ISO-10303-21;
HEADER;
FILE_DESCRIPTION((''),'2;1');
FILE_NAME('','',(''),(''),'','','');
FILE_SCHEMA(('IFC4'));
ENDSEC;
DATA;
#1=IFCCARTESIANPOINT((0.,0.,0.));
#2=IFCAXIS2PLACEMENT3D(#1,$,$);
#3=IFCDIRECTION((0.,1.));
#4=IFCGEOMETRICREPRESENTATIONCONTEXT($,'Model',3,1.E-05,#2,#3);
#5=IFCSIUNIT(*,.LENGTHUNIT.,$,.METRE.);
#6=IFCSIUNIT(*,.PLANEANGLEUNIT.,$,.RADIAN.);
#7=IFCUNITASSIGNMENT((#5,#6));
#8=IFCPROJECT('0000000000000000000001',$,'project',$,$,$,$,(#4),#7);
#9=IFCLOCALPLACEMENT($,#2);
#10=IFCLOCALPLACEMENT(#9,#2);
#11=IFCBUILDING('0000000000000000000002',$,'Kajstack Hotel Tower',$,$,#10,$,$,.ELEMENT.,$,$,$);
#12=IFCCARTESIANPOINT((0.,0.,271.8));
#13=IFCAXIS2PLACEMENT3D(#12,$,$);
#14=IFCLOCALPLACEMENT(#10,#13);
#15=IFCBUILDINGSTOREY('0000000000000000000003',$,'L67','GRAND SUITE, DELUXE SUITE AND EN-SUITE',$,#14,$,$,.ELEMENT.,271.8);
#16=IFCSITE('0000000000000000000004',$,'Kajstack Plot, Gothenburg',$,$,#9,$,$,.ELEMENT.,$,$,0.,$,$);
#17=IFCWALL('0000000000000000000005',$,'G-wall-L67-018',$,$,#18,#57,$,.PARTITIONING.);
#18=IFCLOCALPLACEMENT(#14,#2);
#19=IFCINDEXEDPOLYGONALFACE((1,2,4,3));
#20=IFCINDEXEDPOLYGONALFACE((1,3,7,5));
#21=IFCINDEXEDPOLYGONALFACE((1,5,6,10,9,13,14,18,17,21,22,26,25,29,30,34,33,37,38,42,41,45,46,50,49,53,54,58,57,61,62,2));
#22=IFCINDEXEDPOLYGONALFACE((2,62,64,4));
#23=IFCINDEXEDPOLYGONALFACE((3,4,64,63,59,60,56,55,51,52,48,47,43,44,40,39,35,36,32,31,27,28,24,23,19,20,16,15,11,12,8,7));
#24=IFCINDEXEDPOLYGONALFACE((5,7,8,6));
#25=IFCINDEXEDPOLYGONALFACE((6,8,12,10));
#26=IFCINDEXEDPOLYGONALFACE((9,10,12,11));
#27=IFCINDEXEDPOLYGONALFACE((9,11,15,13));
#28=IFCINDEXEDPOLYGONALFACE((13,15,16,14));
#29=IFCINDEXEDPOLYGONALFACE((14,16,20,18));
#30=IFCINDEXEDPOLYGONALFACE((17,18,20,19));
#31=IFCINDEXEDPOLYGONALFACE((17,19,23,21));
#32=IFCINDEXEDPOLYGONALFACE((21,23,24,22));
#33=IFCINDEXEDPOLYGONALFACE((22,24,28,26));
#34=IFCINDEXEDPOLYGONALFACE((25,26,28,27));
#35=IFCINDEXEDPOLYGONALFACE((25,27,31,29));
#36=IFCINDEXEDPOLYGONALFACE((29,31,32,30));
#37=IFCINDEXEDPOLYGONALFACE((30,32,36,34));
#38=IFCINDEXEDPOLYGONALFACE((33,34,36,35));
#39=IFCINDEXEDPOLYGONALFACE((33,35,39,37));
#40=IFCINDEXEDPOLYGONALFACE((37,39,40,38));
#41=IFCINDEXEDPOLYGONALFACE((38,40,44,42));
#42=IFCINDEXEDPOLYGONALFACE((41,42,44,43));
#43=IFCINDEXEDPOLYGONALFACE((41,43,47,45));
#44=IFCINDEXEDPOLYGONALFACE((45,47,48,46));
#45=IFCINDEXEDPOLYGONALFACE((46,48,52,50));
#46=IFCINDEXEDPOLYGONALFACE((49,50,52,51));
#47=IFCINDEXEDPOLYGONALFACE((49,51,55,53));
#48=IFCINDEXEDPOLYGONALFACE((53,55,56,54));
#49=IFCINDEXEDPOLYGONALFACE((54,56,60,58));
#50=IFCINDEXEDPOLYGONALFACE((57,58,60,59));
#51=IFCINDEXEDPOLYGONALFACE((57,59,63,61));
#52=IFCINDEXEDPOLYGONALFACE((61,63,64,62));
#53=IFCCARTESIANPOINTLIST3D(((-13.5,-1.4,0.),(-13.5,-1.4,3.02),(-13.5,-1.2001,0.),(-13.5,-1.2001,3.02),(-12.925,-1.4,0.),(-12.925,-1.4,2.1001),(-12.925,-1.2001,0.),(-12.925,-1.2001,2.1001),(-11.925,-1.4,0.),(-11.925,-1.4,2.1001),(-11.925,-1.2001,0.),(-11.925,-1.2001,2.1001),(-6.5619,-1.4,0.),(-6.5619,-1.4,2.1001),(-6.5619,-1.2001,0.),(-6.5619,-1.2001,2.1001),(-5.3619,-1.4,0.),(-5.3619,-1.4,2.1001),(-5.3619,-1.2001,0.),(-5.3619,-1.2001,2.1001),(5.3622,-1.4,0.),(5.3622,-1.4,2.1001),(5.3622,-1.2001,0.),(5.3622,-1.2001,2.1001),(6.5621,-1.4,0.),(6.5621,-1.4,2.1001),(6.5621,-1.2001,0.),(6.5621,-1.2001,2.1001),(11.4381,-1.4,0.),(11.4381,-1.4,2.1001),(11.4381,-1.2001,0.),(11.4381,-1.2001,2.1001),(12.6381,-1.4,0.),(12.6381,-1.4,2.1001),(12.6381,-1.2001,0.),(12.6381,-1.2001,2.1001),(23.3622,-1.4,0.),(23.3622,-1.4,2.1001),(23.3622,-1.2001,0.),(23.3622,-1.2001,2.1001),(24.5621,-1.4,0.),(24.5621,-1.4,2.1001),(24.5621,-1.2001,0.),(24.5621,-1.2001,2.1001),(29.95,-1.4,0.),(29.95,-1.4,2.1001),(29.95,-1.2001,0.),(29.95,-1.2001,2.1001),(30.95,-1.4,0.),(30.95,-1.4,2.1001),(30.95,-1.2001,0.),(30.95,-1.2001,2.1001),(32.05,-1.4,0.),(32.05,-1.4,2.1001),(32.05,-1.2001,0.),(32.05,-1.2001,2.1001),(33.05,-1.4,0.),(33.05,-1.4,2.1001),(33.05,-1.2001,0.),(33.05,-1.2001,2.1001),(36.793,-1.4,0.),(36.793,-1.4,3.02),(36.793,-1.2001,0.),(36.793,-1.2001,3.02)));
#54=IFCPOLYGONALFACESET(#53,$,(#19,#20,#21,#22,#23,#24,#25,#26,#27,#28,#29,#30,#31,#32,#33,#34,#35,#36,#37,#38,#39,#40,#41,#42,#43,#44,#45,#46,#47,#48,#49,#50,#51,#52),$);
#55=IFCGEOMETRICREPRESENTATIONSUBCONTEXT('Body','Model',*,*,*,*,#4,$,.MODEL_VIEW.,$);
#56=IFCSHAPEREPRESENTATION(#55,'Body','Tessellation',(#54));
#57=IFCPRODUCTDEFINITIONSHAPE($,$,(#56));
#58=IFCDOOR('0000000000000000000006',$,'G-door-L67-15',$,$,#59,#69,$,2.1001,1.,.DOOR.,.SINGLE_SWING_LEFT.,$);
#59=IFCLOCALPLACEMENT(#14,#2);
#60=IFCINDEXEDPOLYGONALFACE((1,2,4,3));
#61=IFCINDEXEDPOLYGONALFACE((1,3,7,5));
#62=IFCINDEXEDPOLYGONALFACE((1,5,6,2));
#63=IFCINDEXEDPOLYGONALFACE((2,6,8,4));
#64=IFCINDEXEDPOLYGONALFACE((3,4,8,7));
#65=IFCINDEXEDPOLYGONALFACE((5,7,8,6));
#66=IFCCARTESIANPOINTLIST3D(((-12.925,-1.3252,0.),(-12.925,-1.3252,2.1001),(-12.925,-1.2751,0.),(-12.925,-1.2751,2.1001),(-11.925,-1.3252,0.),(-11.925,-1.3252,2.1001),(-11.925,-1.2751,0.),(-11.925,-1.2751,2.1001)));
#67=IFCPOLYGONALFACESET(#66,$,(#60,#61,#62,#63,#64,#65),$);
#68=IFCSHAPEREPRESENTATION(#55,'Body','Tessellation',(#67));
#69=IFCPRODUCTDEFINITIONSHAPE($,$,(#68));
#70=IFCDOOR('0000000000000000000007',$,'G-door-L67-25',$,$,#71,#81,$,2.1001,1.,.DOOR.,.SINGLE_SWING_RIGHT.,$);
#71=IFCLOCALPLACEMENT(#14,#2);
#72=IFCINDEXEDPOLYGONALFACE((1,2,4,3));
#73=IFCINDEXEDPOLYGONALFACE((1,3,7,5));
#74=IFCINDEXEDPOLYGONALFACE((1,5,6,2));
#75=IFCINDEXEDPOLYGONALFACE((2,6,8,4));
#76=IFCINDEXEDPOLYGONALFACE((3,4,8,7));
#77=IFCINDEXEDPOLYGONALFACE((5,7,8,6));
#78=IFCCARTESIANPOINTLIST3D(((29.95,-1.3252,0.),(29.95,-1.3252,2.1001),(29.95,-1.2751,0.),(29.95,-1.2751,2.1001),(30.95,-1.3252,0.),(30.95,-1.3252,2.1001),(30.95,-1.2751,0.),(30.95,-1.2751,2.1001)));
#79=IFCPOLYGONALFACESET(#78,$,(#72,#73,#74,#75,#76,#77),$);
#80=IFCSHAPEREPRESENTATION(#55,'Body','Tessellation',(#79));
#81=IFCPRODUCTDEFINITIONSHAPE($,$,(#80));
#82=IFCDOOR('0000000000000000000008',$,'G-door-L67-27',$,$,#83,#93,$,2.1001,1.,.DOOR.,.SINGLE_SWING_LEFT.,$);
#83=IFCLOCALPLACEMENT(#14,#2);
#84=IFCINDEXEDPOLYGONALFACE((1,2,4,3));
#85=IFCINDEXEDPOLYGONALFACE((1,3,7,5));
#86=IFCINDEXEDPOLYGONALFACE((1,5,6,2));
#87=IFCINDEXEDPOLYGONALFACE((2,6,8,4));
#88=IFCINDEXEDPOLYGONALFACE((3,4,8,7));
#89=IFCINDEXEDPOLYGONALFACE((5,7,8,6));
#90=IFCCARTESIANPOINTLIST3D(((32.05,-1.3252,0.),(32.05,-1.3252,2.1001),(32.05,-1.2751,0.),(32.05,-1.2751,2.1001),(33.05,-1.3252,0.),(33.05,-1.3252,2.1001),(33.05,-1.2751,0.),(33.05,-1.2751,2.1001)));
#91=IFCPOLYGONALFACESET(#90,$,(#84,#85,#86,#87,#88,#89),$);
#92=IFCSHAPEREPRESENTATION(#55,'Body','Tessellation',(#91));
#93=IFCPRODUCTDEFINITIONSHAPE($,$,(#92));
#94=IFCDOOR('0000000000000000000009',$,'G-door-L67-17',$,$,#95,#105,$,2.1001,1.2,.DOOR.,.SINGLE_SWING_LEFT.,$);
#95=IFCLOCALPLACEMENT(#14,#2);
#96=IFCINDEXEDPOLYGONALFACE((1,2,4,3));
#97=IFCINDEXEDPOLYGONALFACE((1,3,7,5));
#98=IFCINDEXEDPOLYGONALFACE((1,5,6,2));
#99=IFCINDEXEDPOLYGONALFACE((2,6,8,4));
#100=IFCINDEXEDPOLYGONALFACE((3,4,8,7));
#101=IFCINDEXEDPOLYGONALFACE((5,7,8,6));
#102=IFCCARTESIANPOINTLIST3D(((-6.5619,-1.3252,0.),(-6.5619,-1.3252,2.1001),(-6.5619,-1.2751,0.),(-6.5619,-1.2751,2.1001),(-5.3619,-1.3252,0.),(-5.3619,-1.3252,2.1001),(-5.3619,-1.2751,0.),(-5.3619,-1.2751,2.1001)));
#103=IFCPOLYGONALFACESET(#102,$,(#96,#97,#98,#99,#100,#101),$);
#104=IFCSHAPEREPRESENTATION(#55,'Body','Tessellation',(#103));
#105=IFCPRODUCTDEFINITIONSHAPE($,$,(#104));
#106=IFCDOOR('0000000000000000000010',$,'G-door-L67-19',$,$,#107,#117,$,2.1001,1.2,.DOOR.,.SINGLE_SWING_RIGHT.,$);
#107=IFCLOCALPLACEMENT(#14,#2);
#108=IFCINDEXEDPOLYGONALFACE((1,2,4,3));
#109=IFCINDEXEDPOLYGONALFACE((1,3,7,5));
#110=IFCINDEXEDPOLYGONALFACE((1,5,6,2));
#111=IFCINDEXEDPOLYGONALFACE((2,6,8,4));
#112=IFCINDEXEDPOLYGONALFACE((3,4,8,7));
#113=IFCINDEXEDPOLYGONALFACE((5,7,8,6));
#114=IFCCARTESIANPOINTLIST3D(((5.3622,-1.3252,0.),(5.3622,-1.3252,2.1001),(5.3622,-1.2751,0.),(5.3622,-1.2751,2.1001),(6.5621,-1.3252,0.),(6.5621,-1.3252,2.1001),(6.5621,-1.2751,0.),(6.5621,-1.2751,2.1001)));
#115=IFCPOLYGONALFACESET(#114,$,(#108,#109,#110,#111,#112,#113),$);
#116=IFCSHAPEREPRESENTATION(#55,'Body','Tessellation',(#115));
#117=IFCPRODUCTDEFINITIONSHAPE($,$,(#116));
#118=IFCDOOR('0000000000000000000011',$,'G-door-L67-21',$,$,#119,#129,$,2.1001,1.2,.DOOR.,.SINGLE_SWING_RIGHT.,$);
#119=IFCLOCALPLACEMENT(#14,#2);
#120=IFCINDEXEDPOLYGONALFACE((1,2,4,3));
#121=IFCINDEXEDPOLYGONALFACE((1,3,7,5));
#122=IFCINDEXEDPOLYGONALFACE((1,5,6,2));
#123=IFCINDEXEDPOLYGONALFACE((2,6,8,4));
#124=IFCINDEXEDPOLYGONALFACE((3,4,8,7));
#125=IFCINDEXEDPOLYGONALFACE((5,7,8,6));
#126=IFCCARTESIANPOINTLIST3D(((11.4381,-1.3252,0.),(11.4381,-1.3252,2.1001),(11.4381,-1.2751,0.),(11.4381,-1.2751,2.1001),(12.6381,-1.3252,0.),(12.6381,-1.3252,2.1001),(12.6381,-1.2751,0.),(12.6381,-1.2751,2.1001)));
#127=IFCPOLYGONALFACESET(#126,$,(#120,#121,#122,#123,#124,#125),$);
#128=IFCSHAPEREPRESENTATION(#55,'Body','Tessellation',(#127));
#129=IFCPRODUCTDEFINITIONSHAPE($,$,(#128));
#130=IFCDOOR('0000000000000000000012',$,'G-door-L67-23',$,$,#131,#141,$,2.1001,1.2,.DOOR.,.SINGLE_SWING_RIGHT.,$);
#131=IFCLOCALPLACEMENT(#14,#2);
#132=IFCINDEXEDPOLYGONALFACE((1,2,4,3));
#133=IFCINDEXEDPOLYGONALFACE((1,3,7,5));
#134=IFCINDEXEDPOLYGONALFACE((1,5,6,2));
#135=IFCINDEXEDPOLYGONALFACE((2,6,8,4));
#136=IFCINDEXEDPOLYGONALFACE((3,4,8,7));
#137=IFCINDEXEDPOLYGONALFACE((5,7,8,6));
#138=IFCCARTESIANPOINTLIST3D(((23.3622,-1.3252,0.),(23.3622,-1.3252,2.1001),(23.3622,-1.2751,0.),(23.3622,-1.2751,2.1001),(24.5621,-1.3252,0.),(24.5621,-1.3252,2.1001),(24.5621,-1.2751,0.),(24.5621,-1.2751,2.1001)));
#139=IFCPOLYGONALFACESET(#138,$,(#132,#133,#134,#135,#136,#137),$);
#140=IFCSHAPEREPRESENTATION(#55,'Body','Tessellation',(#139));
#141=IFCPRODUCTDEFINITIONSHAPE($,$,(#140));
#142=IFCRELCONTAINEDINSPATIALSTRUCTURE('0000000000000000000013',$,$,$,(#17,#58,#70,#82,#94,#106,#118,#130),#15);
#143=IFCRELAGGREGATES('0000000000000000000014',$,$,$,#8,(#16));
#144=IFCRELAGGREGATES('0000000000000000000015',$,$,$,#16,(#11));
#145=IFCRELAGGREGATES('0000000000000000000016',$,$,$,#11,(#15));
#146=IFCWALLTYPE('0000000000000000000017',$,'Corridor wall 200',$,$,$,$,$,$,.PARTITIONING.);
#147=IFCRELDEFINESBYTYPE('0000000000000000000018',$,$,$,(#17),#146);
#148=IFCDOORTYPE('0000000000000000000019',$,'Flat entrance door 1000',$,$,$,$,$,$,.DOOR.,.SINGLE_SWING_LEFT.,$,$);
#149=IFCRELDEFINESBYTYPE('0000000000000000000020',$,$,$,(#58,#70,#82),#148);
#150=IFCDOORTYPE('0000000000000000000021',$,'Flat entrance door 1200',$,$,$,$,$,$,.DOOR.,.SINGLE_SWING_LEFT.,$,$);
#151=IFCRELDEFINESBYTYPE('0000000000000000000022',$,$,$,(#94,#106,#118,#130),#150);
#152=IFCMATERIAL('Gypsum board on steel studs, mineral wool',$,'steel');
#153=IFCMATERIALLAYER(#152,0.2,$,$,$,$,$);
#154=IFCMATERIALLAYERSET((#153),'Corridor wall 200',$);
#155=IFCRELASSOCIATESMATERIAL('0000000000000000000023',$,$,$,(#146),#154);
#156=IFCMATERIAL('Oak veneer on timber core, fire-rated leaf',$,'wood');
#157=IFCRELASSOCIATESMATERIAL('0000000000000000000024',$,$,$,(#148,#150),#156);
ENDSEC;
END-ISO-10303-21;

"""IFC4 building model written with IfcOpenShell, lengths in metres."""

from ifc_helpers import new_model, si_unit, direction, frame, frame_2d, origin, place, context, subcontext, project, spatial, rectangle, extrude, material, layer, layer_set, type_object, element, fill, save


model = new_model("IFC4")

# Units and contexts
model_context = context("Model", 3, precision=1e-05, world=origin(), true_north=direction((0.0, 1.0)))
body_context = subcontext(model_context, "Body", "Model", "MODEL_VIEW")
ifc_project = project(units=[si_unit("LENGTHUNIT", "METRE"), si_unit("PLANEANGLEUNIT", "RADIAN")], contexts=[model_context])

# Site, building, storey
site_placement = place(None, origin())
site = spatial("IfcSite", under=ifc_project, at=site_placement, Name="Kajstack Plot, Gothenburg", CompositionType="ELEMENT", RefElevation=0.0)
building_placement = place(site_placement, origin())
building = spatial("IfcBuilding", under=site, at=building_placement, Name="Kajstack Hotel Tower", CompositionType="ELEMENT")
storey_placement = place(building_placement, frame((0.0, 0.0, 271.8)))
storey = spatial("IfcBuildingStorey", under=building, at=storey_placement, Name="L67", Description="GRAND SUITE, DELUXE SUITE AND EN-SUITE", CompositionType="ELEMENT", Elevation=271.8)

# Wall, openings, doors
ifc_material_1 = material(Name="Gypsum board on steel studs, mineral wool", Category="steel")
ifc_layer_1 = layer(ifc_material_1, 0.2)
ifc_layer_set_1 = layer_set([ifc_layer_1], Name="Corridor wall 200")
wall_type_1 = type_object("IfcWallType", Name="Corridor wall 200", PredefinedType="PARTITIONING", material=ifc_layer_set_1)
wall_1_placement = place(storey_placement, frame((-13.5, -1.3, 0.0), z_axis=(0.0, 0.0, 1.0), x_axis=(1.0, 0.0, 0.0)))
wall_1 = element("IfcWall", 1, at=wall_1_placement, inside=storey, type_object=wall_type_1, Name="G-wall-L67-018", PredefinedType="PARTITIONING", context=body_context, shape_type="SweptSolid", body=[
    extrude(rectangle(XDim=50.293, YDim=0.2, at=frame_2d((25.1465, 0.0))), origin(), (0.0, 0.0, 1.0), 3.02),
])
opening_1_placement = place(wall_1_placement, frame((0.575, 0.0, 0.0)))
opening_1 = element("IfcOpeningElement", 2, at=opening_1_placement, cuts=wall_1, PredefinedType="OPENING", context=body_context, shape_type="SweptSolid", body=[
    extrude(rectangle(XDim=1.0, YDim=2.1001, at=frame_2d((0.5, 1.05))), frame((0.0, 0.1099, 0.0), z_axis=(0.0, -1.0, 0.0), x_axis=(1.0, 0.0, 0.0)), (0.0, 0.0, 1.0), 0.22),
])
opening_2_placement = place(wall_1_placement, frame((6.938, 0.0, 0.0)))
opening_2 = element("IfcOpeningElement", 3, at=opening_2_placement, cuts=wall_1, PredefinedType="OPENING", context=body_context, shape_type="SweptSolid", body=[
    extrude(rectangle(XDim=1.2, YDim=2.1001, at=frame_2d((0.6001, 1.05))), frame((0.0, 0.1099, 0.0), z_axis=(0.0, -1.0, 0.0), x_axis=(1.0, 0.0, 0.0)), (0.0, 0.0, 1.0), 0.22),
])
opening_3_placement = place(wall_1_placement, frame((18.8621, 0.0, 0.0)))
opening_3 = element("IfcOpeningElement", 4, at=opening_3_placement, cuts=wall_1, PredefinedType="OPENING", context=body_context, shape_type="SweptSolid", body=[
    extrude(rectangle(XDim=1.2, YDim=2.1001, at=frame_2d((0.6001, 1.05))), frame((0.0, 0.1099, 0.0), z_axis=(0.0, -1.0, 0.0), x_axis=(1.0, 0.0, 0.0)), (0.0, 0.0, 1.0), 0.22),
])
opening_4_placement = place(wall_1_placement, frame((24.938, 0.0, 0.0)))
opening_4 = element("IfcOpeningElement", 5, at=opening_4_placement, cuts=wall_1, PredefinedType="OPENING", context=body_context, shape_type="SweptSolid", body=[
    extrude(rectangle(XDim=1.2, YDim=2.1001, at=frame_2d((0.6001, 1.05))), frame((0.0, 0.1099, 0.0), z_axis=(0.0, -1.0, 0.0), x_axis=(1.0, 0.0, 0.0)), (0.0, 0.0, 1.0), 0.22),
])
opening_5_placement = place(wall_1_placement, frame((36.8621, 0.0, 0.0)))
opening_5 = element("IfcOpeningElement", 6, at=opening_5_placement, cuts=wall_1, PredefinedType="OPENING", context=body_context, shape_type="SweptSolid", body=[
    extrude(rectangle(XDim=1.2, YDim=2.1001, at=frame_2d((0.6001, 1.05))), frame((0.0, 0.1099, 0.0), z_axis=(0.0, -1.0, 0.0), x_axis=(1.0, 0.0, 0.0)), (0.0, 0.0, 1.0), 0.22),
])
opening_6_placement = place(wall_1_placement, frame((43.45, 0.0, 0.0)))
opening_6 = element("IfcOpeningElement", 7, at=opening_6_placement, cuts=wall_1, PredefinedType="OPENING", context=body_context, shape_type="SweptSolid", body=[
    extrude(rectangle(XDim=1.0, YDim=2.1001, at=frame_2d((0.5, 1.05))), frame((0.0, 0.1099, 0.0), z_axis=(0.0, -1.0, 0.0), x_axis=(1.0, 0.0, 0.0)), (0.0, 0.0, 1.0), 0.22),
])
opening_7_placement = place(wall_1_placement, frame((45.55, 0.0, 0.0)))
opening_7 = element("IfcOpeningElement", 8, at=opening_7_placement, cuts=wall_1, PredefinedType="OPENING", context=body_context, shape_type="SweptSolid", body=[
    extrude(rectangle(XDim=1.0, YDim=2.1001, at=frame_2d((0.5, 1.05))), frame((0.0, 0.1099, 0.0), z_axis=(0.0, -1.0, 0.0), x_axis=(1.0, 0.0, 0.0)), (0.0, 0.0, 1.0), 0.22),
])
ifc_material_2 = material(Name="Oak veneer on timber core, fire-rated leaf", Category="wood")
door_type_1 = type_object("IfcDoorType", Name="Flat entrance door 1000", OperationType="SINGLE_SWING_LEFT", PredefinedType="DOOR", material=ifc_material_2)
door_1_placement = place(opening_1_placement, origin())
door_1 = element("IfcDoor", 9, at=door_1_placement, inside=storey, type_object=door_type_1, Name="G-door-L67-15", OperationType="SINGLE_SWING_LEFT", OverallHeight=2.1001, OverallWidth=1.0, PredefinedType="DOOR", context=body_context, shape_type="SweptSolid", body=[
    extrude(rectangle(XDim=1.0, YDim=2.1001, at=frame_2d((0.5, 1.05))), frame((0.0, 0.0249, 0.0), z_axis=(0.0, -1.0, 0.0), x_axis=(1.0, 0.0, 0.0)), (0.0, 0.0, 1.0), 0.05),
])
fill(opening_1, door_1)
door_2_placement = place(opening_6_placement, origin())
door_2 = element("IfcDoor", 10, at=door_2_placement, inside=storey, type_object=door_type_1, Name="G-door-L67-25", OperationType="SINGLE_SWING_RIGHT", OverallHeight=2.1001, OverallWidth=1.0, PredefinedType="DOOR", context=body_context, shape_type="SweptSolid", body=[
    extrude(rectangle(XDim=1.0, YDim=2.1001, at=frame_2d((0.5, 1.05))), frame((0.0, 0.0249, 0.0), z_axis=(0.0, -1.0, 0.0), x_axis=(1.0, 0.0, 0.0)), (0.0, 0.0, 1.0), 0.05),
])
fill(opening_6, door_2)
door_3_placement = place(opening_7_placement, origin())
door_3 = element("IfcDoor", 11, at=door_3_placement, inside=storey, type_object=door_type_1, Name="G-door-L67-27", OperationType="SINGLE_SWING_LEFT", OverallHeight=2.1001, OverallWidth=1.0, PredefinedType="DOOR", context=body_context, shape_type="SweptSolid", body=[
    extrude(rectangle(XDim=1.0, YDim=2.1001, at=frame_2d((0.5, 1.05))), frame((0.0, 0.0249, 0.0), z_axis=(0.0, -1.0, 0.0), x_axis=(1.0, 0.0, 0.0)), (0.0, 0.0, 1.0), 0.05),
])
fill(opening_7, door_3)
door_type_2 = type_object("IfcDoorType", Name="Flat entrance door 1200", OperationType="SINGLE_SWING_LEFT", PredefinedType="DOOR", material=ifc_material_2)
door_4_placement = place(opening_2_placement, origin())
door_4 = element("IfcDoor", 12, at=door_4_placement, inside=storey, type_object=door_type_2, Name="G-door-L67-17", OperationType="SINGLE_SWING_LEFT", OverallHeight=2.1001, OverallWidth=1.2, PredefinedType="DOOR", context=body_context, shape_type="SweptSolid", body=[
    extrude(rectangle(XDim=1.2, YDim=2.1001, at=frame_2d((0.6001, 1.05))), frame((0.0, 0.0249, 0.0), z_axis=(0.0, -1.0, 0.0), x_axis=(1.0, 0.0, 0.0)), (0.0, 0.0, 1.0), 0.05),
])
fill(opening_2, door_4)
door_5_placement = place(opening_3_placement, origin())
door_5 = element("IfcDoor", 13, at=door_5_placement, inside=storey, type_object=door_type_2, Name="G-door-L67-19", OperationType="SINGLE_SWING_RIGHT", OverallHeight=2.1001, OverallWidth=1.2, PredefinedType="DOOR", context=body_context, shape_type="SweptSolid", body=[
    extrude(rectangle(XDim=1.2, YDim=2.1001, at=frame_2d((0.6001, 1.05))), frame((0.0, 0.0249, 0.0), z_axis=(0.0, -1.0, 0.0), x_axis=(1.0, 0.0, 0.0)), (0.0, 0.0, 1.0), 0.05),
])
fill(opening_3, door_5)
door_6_placement = place(opening_4_placement, origin())
door_6 = element("IfcDoor", 14, at=door_6_placement, inside=storey, type_object=door_type_2, Name="G-door-L67-21", OperationType="SINGLE_SWING_RIGHT", OverallHeight=2.1001, OverallWidth=1.2, PredefinedType="DOOR", context=body_context, shape_type="SweptSolid", body=[
    extrude(rectangle(XDim=1.2, YDim=2.1001, at=frame_2d((0.6001, 1.05))), frame((0.0, 0.0249, 0.0), z_axis=(0.0, -1.0, 0.0), x_axis=(1.0, 0.0, 0.0)), (0.0, 0.0, 1.0), 0.05),
])
fill(opening_4, door_6)
door_7_placement = place(opening_5_placement, origin())
door_7 = element("IfcDoor", 15, at=door_7_placement, inside=storey, type_object=door_type_2, Name="G-door-L67-23", OperationType="SINGLE_SWING_RIGHT", OverallHeight=2.1001, OverallWidth=1.2, PredefinedType="DOOR", context=body_context, shape_type="SweptSolid", body=[
    extrude(rectangle(XDim=1.2, YDim=2.1001, at=frame_2d((0.6001, 1.05))), frame((0.0, 0.0249, 0.0), z_axis=(0.0, -1.0, 0.0), x_axis=(1.0, 0.0, 0.0)), (0.0, 0.0, 1.0), 0.05),
])
fill(opening_5, door_7)

save(model, "model.ifc")
